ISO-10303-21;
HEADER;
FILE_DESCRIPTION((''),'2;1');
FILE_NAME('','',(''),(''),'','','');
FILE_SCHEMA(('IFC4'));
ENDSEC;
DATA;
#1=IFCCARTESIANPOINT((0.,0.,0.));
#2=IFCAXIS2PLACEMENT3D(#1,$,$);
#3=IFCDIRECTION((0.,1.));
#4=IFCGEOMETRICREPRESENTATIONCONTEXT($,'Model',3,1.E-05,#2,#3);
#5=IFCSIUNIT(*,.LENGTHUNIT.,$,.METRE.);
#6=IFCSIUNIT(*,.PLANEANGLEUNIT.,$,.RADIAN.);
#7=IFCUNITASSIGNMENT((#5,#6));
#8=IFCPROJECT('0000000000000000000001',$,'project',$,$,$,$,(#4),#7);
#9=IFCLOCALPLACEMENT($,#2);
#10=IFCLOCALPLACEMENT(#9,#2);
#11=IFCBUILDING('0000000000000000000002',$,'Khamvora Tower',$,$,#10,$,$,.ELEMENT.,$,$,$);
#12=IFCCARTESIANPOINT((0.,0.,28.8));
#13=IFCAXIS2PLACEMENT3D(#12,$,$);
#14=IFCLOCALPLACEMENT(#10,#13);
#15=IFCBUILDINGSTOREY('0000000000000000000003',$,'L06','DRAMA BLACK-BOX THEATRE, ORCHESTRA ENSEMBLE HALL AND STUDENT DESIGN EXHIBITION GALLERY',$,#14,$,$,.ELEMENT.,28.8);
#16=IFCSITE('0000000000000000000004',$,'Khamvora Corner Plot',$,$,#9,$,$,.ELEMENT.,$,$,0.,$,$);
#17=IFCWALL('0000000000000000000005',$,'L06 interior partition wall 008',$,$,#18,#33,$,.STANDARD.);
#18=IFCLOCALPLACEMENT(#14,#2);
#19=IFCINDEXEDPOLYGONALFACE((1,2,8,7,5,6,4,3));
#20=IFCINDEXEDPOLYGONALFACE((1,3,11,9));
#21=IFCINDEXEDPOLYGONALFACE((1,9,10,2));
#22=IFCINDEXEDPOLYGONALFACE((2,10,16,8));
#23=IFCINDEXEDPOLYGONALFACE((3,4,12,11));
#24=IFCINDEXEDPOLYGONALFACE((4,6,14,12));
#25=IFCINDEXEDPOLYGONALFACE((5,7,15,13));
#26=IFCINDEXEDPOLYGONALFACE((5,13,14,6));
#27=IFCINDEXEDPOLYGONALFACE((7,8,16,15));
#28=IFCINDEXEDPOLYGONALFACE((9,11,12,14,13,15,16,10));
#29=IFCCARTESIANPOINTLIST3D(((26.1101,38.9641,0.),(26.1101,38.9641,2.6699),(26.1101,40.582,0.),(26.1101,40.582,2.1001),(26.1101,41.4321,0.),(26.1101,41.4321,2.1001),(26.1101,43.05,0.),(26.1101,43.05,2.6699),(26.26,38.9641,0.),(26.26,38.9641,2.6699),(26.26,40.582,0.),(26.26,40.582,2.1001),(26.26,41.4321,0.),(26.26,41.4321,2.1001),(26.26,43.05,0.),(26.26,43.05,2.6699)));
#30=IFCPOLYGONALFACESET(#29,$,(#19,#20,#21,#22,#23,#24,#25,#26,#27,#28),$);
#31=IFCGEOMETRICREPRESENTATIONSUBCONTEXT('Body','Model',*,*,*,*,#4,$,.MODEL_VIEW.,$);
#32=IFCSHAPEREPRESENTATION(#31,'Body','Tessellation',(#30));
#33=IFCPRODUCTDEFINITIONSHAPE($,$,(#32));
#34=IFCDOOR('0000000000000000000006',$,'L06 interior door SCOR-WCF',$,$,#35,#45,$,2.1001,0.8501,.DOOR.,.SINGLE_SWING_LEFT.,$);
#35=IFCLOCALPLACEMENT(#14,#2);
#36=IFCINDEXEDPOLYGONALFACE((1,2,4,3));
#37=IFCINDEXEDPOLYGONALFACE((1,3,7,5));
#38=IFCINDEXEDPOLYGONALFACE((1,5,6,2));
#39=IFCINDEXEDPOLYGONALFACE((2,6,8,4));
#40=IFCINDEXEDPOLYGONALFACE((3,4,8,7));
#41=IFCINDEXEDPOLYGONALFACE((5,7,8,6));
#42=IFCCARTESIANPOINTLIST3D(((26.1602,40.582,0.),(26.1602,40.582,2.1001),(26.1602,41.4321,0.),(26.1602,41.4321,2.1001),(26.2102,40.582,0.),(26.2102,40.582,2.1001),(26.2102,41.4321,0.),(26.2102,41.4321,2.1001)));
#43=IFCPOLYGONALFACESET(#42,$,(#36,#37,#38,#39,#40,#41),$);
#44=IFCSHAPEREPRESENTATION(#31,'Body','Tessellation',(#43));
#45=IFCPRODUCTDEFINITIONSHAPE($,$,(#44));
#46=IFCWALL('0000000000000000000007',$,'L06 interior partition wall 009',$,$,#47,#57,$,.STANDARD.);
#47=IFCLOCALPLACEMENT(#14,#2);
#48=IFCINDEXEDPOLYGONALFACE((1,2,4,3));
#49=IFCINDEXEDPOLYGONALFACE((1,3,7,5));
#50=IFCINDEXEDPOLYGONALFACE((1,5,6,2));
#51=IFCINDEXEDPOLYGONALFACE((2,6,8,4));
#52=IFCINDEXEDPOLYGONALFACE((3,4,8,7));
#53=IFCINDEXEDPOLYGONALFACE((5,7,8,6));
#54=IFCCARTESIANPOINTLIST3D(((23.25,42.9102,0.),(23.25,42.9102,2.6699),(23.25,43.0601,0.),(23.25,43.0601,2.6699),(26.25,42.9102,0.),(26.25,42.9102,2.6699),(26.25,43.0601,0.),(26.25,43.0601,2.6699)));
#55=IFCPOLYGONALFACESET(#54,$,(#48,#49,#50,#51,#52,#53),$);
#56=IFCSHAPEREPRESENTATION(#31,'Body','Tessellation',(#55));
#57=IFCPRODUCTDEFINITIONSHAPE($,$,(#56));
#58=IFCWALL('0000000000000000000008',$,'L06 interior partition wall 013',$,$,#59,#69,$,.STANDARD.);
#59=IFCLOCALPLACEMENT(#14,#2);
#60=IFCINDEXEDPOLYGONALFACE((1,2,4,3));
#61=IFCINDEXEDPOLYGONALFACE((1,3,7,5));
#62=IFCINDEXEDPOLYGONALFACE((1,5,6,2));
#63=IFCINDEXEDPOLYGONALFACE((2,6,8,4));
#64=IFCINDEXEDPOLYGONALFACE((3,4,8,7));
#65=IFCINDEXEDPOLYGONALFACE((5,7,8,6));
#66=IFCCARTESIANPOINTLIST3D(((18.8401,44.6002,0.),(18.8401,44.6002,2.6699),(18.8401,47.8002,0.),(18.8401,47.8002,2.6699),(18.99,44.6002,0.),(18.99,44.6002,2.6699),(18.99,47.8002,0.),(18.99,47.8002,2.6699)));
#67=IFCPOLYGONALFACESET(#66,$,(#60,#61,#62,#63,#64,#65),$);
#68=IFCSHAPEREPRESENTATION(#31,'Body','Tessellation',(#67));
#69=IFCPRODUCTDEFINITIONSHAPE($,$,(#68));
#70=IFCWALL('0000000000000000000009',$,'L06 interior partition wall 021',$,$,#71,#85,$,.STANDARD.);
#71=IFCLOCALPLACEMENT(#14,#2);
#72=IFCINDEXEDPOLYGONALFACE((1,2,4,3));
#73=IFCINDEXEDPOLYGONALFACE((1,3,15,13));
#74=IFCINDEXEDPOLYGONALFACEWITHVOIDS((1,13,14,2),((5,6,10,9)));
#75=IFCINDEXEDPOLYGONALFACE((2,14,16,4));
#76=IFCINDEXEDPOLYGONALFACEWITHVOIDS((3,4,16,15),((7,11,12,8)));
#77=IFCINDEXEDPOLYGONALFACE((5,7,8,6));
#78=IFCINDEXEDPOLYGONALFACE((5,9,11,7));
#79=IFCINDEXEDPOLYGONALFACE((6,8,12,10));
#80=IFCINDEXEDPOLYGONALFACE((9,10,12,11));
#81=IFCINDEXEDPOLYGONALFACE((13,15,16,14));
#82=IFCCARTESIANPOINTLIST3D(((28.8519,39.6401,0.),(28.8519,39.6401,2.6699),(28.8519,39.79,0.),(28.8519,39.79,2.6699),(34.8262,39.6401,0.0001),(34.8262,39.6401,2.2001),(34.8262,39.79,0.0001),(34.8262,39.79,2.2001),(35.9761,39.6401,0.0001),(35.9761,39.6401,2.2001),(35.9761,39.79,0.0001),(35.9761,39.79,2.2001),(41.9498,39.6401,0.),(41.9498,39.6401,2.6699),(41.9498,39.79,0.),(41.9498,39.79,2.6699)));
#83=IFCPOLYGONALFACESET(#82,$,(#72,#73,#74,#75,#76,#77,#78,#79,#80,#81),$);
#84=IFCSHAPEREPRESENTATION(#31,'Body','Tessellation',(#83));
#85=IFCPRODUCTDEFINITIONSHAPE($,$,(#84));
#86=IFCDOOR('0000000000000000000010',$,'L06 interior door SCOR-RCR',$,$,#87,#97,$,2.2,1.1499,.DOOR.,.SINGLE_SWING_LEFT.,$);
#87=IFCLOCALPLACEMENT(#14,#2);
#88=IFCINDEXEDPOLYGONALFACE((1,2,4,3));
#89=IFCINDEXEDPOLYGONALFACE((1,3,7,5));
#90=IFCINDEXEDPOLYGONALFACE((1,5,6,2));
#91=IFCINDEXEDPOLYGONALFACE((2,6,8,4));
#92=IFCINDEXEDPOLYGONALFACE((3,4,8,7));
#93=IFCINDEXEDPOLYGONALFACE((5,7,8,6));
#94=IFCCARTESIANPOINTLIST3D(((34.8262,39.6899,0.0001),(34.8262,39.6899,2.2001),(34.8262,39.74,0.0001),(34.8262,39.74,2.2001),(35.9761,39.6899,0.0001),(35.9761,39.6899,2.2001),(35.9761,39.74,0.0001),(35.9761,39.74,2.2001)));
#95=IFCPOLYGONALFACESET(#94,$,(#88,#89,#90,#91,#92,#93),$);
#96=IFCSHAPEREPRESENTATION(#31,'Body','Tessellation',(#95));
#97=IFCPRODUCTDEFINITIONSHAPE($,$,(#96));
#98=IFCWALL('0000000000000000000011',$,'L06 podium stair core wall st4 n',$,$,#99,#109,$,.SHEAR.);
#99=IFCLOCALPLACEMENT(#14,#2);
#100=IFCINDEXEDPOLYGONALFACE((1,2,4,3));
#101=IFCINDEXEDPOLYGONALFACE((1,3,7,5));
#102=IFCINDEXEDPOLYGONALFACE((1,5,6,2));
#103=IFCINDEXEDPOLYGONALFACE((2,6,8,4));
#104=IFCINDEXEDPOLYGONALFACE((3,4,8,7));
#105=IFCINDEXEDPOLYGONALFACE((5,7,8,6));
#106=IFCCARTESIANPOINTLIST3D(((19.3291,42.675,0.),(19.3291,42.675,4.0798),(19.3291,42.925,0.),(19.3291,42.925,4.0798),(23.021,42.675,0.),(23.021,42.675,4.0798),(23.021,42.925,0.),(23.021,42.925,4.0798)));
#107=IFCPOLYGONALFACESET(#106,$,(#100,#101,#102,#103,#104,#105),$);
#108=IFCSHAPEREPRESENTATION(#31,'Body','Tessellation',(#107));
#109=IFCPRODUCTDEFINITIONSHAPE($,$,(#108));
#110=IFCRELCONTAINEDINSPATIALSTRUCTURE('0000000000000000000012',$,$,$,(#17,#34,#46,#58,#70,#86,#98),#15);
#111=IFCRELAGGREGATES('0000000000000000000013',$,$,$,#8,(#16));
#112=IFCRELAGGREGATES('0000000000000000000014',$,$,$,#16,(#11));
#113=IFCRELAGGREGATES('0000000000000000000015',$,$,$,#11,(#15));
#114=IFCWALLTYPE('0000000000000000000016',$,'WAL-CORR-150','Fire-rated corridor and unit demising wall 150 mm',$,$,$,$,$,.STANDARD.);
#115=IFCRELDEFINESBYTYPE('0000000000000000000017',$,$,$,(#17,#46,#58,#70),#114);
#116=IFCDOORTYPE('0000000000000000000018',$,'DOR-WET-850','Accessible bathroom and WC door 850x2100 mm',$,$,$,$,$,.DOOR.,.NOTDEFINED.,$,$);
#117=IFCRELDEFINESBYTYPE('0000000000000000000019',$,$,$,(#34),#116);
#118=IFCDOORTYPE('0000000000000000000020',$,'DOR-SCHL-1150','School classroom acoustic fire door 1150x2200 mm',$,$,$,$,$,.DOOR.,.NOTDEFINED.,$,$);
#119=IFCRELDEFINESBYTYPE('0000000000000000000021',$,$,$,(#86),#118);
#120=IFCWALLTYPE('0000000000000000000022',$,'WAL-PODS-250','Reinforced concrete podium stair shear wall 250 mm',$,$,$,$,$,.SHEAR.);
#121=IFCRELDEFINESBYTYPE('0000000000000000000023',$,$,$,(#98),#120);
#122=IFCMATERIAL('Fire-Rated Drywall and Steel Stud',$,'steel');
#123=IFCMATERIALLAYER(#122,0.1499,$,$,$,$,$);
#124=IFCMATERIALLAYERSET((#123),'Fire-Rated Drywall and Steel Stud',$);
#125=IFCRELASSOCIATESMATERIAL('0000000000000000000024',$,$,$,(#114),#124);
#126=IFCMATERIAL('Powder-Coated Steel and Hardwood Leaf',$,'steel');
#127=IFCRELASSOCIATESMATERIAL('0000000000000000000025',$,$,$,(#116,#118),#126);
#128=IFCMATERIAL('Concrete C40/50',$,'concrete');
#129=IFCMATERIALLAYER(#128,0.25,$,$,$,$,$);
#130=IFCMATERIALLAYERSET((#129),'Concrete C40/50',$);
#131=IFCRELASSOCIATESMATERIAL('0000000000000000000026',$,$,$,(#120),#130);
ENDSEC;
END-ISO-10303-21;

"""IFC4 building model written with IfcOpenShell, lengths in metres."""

from ifc_helpers import new_model, si_unit, direction, frame, frame_2d, origin, place, context, subcontext, project, spatial, rectangle, extrude, material, layer, layer_set, type_object, element, fill, save


model = new_model("IFC4")

# Units and contexts
model_context = context("Model", 3, precision=1e-05, world=origin(), true_north=direction((0.0, 1.0)))
body_context = subcontext(model_context, "Body", "Model", "MODEL_VIEW")
ifc_project = project(units=[si_unit("LENGTHUNIT", "METRE"), si_unit("PLANEANGLEUNIT", "RADIAN")], contexts=[model_context])

# Site, building, storey
site_placement = place(None, origin())
site = spatial("IfcSite", under=ifc_project, at=site_placement, Name="Khamvora Corner Plot", CompositionType="ELEMENT", RefElevation=0.0)
building_placement = place(site_placement, origin())
building = spatial("IfcBuilding", under=site, at=building_placement, Name="Khamvora Tower", CompositionType="ELEMENT")
storey_placement = place(building_placement, frame((0.0, 0.0, 28.8)))
storey = spatial("IfcBuildingStorey", under=building, at=storey_placement, Name="L06", Description="DRAMA BLACK-BOX THEATRE, ORCHESTRA ENSEMBLE HALL AND STUDENT DESIGN EXHIBITION GALLERY", CompositionType="ELEMENT", Elevation=28.8)

# Wall, opening, door
ifc_material_1 = material(Name="Fire-Rated Drywall and Steel Stud", Category="steel")
ifc_layer_1 = layer(ifc_material_1, 0.1499)
ifc_layer_set_1 = layer_set([ifc_layer_1], Name="Fire-Rated Drywall and Steel Stud")
wall_type_1 = type_object("IfcWallType", Name="WAL-CORR-150", Description="Fire-rated corridor and unit demising wall 150 mm", PredefinedType="STANDARD", material=ifc_layer_set_1)
wall_1_placement = place(storey_placement, frame((26.1851, 38.9641, 0.0), z_axis=(0.0, 0.0, 1.0), x_axis=(0.0, 1.0, 0.0)))
wall_1 = element("IfcWall", 1, at=wall_1_placement, inside=storey, type_object=wall_type_1, Name="L06 interior partition wall 008", PredefinedType="STANDARD", context=body_context, shape_type="SweptSolid", body=[
    extrude(rectangle(XDim=4.0859, YDim=0.1499, at=frame_2d((2.043, 0.0))), origin(), (0.0, 0.0, 1.0), 2.6699),
])
opening_1_placement = place(wall_1_placement, frame((1.6179, 0.0, 0.0)))
opening_1 = element("IfcOpeningElement", 2, at=opening_1_placement, cuts=wall_1, PredefinedType="OPENING", context=body_context, shape_type="SweptSolid", body=[
    extrude(rectangle(XDim=0.8501, YDim=2.1001, at=frame_2d((0.425, 1.05))), frame((0.0, 0.085, 0.0), z_axis=(0.0, -1.0, 0.0), x_axis=(1.0, 0.0, 0.0)), (0.0, 0.0, 1.0), 0.1699),
])
ifc_material_2 = material(Name="Powder-Coated Steel and Hardwood Leaf", Category="steel")
door_type_1 = type_object("IfcDoorType", Name="DOR-WET-850", Description="Accessible bathroom and WC door 850x2100 mm", OperationType="NOTDEFINED", PredefinedType="DOOR", material=ifc_material_2)
door_1_placement = place(opening_1_placement, origin())
door_1 = element("IfcDoor", 3, at=door_1_placement, inside=storey, type_object=door_type_1, Name="L06 interior door SCOR-WCF", OperationType="SINGLE_SWING_LEFT", OverallHeight=2.1001, OverallWidth=0.8501, PredefinedType="DOOR", context=body_context, shape_type="SweptSolid", body=[
    extrude(rectangle(XDim=0.8501, YDim=2.1001, at=frame_2d((0.425, 1.05))), frame((0.0, 0.0249, 0.0), z_axis=(0.0, -1.0, 0.0), x_axis=(1.0, 0.0, 0.0)), (0.0, 0.0, 1.0), 0.05),
])
fill(opening_1, door_1)

# Walls
wall_2_placement = place(storey_placement, frame((26.25, 42.9851, 0.0), z_axis=(0.0, 0.0, 1.0), x_axis=(-1.0, 0.0, 0.0)))
element("IfcWall", 4, at=wall_2_placement, inside=storey, type_object=wall_type_1, Name="L06 interior partition wall 009", PredefinedType="STANDARD", context=body_context, shape_type="SweptSolid", body=[
    extrude(rectangle(XDim=3.0, YDim=0.1499, at=frame_2d((1.5, 0.0))), origin(), (0.0, 0.0, 1.0), 2.6699),
])
wall_3_placement = place(storey_placement, frame((18.915, 44.6001, 0.0), z_axis=(0.0, 0.0, 1.0), x_axis=(0.0, 1.0, 0.0)))
element("IfcWall", 5, at=wall_3_placement, inside=storey, type_object=wall_type_1, Name="L06 interior partition wall 013", PredefinedType="STANDARD", context=body_context, shape_type="SweptSolid", body=[
    extrude(rectangle(XDim=3.2, YDim=0.1499, at=frame_2d((1.6001, 0.0))), origin(), (0.0, 0.0, 1.0), 2.6699),
])

# Wall, opening, door
wall_4_placement = place(storey_placement, frame((28.8521, 39.7151, 0.0), z_axis=(0.0, 0.0, 1.0), x_axis=(1.0, 0.0, 0.0)))
wall_4 = element("IfcWall", 6, at=wall_4_placement, inside=storey, type_object=wall_type_1, Name="L06 interior partition wall 021", PredefinedType="STANDARD", context=body_context, shape_type="SweptSolid", body=[
    extrude(rectangle(XDim=13.0979, YDim=0.1499, at=frame_2d((6.5488, 0.0))), origin(), (0.0, 0.0, 1.0), 2.6699),
])
opening_2_placement = place(wall_4_placement, frame((5.9741, 0.0, 0.0)))
opening_2 = element("IfcOpeningElement", 7, at=opening_2_placement, cuts=wall_4, PredefinedType="OPENING", context=body_context, shape_type="SweptSolid", body=[
    extrude(rectangle(XDim=1.1499, YDim=2.2, at=frame_2d((0.575, 1.1001))), frame((0.0, 0.085, 0.0), z_axis=(0.0, -1.0, 0.0), x_axis=(1.0, 0.0, 0.0)), (0.0, 0.0, 1.0), 0.1699),
])
door_type_2 = type_object("IfcDoorType", Name="DOR-SCHL-1150", Description="School classroom acoustic fire door 1150x2200 mm", OperationType="NOTDEFINED", PredefinedType="DOOR", material=ifc_material_2)
door_2_placement = place(opening_2_placement, origin())
door_2 = element("IfcDoor", 8, at=door_2_placement, inside=storey, type_object=door_type_2, Name="L06 interior door SCOR-RCR", OperationType="SINGLE_SWING_LEFT", OverallHeight=2.2, OverallWidth=1.1499, PredefinedType="DOOR", context=body_context, shape_type="SweptSolid", body=[
    extrude(rectangle(XDim=1.1499, YDim=2.2, at=frame_2d((0.575, 1.1001))), frame((0.0, 0.0249, 0.0), z_axis=(0.0, -1.0, 0.0), x_axis=(1.0, 0.0, 0.0)), (0.0, 0.0, 1.0), 0.05),
])
fill(opening_2, door_2)

# Wall
ifc_material_3 = material(Name="Concrete C40/50", Category="concrete")
ifc_layer_2 = layer(ifc_material_3, 0.25)
ifc_layer_set_2 = layer_set([ifc_layer_2], Name="Concrete C40/50")
wall_type_2 = type_object("IfcWallType", Name="WAL-PODS-250", Description="Reinforced concrete podium stair shear wall 250 mm", PredefinedType="SHEAR", material=ifc_layer_set_2)
wall_5_placement = place(storey_placement, frame((19.3291, 42.8, 0.0), z_axis=(0.0, 0.0, 1.0), x_axis=(1.0, 0.0, 0.0)))
element("IfcWall", 9, at=wall_5_placement, inside=storey, type_object=wall_type_2, Name="L06 podium stair core wall st4 n", PredefinedType="SHEAR", context=body_context, shape_type="SweptSolid", body=[
    extrude(rectangle(XDim=3.6919, YDim=0.25, at=frame_2d((1.8459, 0.0))), origin(), (0.0, 0.0, 1.0), 4.0798),
])

save(model, "model.ifc")
